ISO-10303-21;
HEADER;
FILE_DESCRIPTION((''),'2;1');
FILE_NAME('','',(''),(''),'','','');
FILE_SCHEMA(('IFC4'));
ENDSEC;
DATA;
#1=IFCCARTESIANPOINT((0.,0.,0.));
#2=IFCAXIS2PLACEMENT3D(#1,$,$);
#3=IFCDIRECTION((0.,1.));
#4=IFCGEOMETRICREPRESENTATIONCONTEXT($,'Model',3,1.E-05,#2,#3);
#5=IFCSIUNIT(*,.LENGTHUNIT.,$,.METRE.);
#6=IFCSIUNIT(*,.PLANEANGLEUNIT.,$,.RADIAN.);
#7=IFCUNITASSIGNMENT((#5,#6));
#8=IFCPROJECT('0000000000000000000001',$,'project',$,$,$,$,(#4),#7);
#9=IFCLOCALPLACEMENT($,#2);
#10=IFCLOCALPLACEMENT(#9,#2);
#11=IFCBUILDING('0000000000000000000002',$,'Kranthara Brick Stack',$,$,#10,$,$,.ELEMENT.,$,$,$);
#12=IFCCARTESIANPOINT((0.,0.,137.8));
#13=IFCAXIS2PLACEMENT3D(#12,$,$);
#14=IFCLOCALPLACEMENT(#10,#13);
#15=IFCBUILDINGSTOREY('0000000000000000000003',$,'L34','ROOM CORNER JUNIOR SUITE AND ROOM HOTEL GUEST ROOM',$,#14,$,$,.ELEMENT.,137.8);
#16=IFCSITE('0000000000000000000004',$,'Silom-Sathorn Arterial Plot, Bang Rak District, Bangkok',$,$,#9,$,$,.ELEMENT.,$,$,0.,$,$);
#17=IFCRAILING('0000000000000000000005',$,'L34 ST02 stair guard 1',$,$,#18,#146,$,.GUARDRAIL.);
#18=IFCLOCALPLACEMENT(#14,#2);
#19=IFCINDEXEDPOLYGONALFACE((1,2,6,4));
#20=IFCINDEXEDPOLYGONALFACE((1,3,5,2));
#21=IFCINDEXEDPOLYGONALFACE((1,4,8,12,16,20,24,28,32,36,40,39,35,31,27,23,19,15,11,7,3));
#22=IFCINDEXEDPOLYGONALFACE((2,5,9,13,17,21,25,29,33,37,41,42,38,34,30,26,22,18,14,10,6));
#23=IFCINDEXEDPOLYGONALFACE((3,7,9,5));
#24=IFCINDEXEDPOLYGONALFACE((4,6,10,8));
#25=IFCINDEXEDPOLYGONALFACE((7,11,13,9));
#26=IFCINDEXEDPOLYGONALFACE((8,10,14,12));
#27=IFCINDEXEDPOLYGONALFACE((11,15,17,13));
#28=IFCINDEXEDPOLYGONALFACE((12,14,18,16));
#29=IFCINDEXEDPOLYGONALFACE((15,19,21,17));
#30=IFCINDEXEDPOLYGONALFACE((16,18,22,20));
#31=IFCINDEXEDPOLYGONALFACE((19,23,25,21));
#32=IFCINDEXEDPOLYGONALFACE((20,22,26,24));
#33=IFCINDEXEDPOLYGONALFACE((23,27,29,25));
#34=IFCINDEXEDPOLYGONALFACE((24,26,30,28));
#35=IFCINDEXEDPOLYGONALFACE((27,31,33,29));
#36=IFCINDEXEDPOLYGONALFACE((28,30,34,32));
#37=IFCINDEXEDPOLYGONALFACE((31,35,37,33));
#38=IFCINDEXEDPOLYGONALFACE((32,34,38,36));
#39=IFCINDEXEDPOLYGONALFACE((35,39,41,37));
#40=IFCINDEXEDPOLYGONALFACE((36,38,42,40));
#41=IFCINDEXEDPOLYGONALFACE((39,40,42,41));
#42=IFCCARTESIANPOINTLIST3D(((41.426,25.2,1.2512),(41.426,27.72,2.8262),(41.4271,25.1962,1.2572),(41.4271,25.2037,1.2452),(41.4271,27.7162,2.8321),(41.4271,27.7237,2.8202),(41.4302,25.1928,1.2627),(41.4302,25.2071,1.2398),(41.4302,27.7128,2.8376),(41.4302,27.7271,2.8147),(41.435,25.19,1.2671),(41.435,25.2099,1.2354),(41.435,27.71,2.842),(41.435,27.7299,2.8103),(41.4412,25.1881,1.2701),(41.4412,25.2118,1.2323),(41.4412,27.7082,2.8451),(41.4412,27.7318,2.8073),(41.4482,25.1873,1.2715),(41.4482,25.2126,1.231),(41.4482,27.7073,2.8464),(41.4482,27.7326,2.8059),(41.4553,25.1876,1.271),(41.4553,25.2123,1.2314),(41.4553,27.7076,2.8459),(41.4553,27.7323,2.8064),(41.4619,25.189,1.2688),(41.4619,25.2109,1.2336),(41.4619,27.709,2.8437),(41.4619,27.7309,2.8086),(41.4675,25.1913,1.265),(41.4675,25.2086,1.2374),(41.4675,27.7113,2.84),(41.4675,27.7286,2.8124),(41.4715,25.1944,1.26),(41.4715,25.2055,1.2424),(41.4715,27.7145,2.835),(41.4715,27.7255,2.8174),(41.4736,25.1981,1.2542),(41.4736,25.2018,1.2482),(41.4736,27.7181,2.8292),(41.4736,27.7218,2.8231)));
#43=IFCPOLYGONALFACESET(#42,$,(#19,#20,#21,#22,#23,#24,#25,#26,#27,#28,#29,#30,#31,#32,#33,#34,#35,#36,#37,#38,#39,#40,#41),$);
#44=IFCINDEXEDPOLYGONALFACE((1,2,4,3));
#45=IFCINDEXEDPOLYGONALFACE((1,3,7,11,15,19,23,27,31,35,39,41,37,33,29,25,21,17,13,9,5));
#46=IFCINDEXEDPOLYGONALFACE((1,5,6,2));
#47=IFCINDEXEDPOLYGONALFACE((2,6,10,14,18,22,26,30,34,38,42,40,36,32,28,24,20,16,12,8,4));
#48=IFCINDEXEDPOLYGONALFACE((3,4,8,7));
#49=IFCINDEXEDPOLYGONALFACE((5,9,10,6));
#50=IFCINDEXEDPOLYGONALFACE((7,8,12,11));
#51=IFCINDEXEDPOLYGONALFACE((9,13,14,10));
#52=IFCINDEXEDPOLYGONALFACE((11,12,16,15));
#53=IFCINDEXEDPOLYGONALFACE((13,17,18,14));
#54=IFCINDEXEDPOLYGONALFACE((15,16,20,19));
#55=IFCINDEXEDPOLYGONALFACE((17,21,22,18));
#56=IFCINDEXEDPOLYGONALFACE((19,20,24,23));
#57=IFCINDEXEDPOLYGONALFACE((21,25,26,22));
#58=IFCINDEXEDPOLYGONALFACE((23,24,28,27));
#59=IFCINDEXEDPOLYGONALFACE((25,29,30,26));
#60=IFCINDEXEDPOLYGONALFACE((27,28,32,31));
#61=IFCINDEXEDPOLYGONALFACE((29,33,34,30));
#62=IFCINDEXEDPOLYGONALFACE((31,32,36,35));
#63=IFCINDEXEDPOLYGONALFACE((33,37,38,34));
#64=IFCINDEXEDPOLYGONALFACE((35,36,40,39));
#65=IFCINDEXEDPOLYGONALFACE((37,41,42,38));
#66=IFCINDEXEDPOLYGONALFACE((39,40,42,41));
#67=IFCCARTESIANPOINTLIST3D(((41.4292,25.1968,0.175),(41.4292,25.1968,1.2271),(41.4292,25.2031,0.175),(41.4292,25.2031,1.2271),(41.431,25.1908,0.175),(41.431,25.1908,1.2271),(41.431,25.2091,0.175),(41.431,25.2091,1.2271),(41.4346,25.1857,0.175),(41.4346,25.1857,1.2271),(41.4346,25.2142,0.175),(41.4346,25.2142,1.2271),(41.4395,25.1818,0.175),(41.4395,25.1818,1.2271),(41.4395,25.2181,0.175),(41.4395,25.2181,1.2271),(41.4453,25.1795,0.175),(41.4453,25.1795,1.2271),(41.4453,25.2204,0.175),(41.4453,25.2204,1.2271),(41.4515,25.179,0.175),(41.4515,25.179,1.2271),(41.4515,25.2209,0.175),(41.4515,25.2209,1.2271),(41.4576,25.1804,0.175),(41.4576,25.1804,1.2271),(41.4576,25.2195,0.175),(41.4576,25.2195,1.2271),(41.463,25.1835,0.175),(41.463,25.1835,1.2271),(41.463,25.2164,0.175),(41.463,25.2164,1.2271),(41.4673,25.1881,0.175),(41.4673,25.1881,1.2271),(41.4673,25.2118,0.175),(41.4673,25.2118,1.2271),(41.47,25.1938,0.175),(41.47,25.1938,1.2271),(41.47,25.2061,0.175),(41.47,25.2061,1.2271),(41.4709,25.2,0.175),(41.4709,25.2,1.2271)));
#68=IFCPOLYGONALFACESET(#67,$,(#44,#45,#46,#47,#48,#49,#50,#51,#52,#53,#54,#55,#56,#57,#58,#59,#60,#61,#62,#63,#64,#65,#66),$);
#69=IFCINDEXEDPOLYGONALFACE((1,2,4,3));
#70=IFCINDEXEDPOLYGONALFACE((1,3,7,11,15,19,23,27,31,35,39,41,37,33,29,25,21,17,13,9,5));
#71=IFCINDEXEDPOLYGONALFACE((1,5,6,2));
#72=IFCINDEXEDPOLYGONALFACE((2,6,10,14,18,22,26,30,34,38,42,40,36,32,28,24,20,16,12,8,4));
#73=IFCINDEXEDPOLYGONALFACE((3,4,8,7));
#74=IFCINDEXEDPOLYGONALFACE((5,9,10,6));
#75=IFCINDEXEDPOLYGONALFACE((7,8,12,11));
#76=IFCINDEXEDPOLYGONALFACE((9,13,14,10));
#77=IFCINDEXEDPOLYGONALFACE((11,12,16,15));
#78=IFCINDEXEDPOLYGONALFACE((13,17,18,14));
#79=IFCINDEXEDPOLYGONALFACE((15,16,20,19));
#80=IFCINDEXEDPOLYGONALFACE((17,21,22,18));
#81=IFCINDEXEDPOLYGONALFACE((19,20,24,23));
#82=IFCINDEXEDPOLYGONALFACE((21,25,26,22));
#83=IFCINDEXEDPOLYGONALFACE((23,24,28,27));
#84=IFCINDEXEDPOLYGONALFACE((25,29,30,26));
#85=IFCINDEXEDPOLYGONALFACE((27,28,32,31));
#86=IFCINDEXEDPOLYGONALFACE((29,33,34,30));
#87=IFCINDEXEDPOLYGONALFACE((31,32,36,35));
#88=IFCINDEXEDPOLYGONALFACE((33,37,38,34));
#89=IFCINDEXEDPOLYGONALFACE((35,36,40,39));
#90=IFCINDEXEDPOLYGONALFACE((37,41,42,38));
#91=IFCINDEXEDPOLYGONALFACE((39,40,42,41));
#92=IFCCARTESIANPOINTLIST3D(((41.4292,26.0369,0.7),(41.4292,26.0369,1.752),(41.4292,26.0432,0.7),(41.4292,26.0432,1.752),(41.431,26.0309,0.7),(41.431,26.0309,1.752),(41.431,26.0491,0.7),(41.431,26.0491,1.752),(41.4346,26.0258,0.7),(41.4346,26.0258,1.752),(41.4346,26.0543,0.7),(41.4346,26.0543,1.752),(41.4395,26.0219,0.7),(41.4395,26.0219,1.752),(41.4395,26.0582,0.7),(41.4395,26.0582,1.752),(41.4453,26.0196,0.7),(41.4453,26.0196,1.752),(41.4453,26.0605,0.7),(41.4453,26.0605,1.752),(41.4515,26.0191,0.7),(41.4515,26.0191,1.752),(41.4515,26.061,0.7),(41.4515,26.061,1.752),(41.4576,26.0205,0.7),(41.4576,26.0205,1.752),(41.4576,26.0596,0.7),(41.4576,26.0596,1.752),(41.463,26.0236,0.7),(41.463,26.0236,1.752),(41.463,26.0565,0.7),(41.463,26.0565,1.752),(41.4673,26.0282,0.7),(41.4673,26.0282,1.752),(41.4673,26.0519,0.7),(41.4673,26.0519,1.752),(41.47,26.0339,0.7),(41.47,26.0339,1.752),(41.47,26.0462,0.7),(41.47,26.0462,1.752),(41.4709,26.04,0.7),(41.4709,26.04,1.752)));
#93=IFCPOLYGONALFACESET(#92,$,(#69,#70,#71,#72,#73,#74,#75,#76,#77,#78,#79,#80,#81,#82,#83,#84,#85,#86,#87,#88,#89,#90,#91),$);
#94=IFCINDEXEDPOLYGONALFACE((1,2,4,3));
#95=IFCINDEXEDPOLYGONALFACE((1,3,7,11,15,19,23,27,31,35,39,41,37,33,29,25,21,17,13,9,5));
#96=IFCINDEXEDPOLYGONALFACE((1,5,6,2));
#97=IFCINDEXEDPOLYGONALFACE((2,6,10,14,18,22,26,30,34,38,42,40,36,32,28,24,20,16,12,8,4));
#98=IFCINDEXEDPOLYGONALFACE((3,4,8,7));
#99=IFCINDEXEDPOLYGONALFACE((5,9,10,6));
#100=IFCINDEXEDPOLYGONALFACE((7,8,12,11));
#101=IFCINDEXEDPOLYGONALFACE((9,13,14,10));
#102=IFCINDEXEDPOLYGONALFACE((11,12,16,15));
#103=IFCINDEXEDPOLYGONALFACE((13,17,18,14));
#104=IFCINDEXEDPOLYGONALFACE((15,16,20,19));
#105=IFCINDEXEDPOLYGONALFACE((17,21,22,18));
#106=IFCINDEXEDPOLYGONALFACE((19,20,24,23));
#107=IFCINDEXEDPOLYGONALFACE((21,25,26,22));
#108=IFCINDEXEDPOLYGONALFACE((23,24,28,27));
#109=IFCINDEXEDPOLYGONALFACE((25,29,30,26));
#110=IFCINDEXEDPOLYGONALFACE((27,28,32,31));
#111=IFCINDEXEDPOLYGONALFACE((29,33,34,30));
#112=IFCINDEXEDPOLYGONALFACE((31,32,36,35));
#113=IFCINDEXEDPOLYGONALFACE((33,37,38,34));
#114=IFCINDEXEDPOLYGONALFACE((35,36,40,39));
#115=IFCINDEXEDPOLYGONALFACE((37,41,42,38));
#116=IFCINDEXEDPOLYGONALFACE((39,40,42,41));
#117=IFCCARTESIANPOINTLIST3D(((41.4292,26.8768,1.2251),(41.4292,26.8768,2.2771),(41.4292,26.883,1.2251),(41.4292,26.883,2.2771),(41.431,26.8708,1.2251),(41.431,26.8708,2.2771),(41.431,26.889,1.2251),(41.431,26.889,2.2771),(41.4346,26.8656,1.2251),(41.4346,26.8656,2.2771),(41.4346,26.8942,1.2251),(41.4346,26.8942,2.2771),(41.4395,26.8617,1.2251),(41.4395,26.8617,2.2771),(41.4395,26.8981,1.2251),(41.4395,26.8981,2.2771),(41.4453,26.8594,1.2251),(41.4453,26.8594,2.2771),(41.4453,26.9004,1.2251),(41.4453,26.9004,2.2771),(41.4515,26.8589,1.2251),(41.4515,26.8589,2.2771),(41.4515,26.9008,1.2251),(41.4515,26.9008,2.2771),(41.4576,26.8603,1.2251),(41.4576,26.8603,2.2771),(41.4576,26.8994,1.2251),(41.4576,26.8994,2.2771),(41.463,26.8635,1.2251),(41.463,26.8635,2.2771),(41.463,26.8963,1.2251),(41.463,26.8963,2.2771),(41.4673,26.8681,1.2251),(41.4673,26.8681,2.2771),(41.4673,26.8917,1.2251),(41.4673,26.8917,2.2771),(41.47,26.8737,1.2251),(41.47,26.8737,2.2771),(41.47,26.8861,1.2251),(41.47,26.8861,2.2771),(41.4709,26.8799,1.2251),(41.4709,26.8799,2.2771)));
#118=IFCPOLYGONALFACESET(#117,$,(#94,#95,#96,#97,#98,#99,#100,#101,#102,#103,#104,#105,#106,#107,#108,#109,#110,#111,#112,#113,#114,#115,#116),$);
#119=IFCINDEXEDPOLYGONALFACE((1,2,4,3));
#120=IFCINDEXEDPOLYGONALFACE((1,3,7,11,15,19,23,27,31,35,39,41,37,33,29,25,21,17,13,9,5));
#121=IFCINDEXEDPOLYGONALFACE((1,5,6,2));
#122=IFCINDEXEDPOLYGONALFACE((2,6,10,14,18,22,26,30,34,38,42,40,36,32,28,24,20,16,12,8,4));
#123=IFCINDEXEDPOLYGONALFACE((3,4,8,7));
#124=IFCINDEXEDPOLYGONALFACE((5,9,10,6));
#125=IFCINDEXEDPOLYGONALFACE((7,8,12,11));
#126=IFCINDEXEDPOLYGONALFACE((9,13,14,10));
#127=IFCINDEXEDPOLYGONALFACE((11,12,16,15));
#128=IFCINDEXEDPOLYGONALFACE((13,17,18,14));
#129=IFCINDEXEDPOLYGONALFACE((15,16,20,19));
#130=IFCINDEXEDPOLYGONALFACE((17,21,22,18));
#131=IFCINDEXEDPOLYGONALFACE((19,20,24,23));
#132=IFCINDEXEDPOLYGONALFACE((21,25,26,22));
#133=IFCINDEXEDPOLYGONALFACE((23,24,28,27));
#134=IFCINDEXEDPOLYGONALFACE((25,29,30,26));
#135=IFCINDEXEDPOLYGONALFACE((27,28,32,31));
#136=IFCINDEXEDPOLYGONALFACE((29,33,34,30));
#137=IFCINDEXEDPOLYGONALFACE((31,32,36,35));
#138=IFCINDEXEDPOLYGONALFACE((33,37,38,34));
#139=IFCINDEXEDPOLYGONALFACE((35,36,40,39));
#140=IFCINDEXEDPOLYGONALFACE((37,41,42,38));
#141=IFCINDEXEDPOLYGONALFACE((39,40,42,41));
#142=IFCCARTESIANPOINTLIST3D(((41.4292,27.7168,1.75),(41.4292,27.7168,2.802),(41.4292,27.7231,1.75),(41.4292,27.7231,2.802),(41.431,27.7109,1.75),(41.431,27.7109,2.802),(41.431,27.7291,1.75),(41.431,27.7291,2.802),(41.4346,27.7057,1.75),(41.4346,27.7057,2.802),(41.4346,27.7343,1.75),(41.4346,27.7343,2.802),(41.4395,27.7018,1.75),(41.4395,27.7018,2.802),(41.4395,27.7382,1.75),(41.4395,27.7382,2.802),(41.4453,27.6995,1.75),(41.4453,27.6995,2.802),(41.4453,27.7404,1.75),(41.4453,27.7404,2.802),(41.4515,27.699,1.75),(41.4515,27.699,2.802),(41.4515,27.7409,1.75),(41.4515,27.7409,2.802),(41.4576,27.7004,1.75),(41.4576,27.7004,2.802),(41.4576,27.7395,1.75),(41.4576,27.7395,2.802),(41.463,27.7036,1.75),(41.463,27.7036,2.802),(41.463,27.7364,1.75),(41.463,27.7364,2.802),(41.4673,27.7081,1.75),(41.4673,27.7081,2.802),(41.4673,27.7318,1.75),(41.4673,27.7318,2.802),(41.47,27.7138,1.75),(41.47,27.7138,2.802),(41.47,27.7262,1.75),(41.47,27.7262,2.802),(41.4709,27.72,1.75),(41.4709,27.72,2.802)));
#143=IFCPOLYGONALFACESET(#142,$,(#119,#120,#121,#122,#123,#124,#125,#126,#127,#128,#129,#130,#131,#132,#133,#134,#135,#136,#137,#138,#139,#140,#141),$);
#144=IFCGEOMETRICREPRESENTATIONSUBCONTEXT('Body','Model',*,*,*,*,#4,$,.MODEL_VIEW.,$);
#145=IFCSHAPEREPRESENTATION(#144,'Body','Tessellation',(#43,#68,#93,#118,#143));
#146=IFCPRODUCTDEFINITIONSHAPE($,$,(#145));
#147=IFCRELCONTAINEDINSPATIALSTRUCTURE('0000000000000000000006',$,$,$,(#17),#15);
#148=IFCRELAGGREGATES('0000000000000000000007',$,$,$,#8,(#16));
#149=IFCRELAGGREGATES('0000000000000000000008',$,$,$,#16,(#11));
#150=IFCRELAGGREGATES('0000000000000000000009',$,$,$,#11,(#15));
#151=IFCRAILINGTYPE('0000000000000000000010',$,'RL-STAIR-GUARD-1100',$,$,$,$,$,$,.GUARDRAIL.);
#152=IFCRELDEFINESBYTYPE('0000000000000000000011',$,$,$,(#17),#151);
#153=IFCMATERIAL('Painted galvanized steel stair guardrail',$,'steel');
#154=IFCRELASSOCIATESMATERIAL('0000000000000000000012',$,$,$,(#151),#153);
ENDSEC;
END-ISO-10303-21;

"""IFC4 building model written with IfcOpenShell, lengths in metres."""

from ifc_helpers import new_model, si_unit, direction, frame, origin, origin_2d, place, context, subcontext, project, spatial, circle, extrude, material, type_object, element, save


model = new_model("IFC4")

# Units and contexts
model_context = context("Model", 3, precision=1e-05, world=origin(), true_north=direction((0.0, 1.0)))
body_context = subcontext(model_context, "Body", "Model", "MODEL_VIEW")
ifc_project = project(units=[si_unit("LENGTHUNIT", "METRE"), si_unit("PLANEANGLEUNIT", "RADIAN")], contexts=[model_context])

# Site, building, storey
site_placement = place(None, origin())
site = spatial("IfcSite", under=ifc_project, at=site_placement, Name="Silom-Sathorn Arterial Plot, Bang Rak District, Bangkok", CompositionType="ELEMENT", RefElevation=0.0)
building_placement = place(site_placement, origin())
building = spatial("IfcBuilding", under=site, at=building_placement, Name="Kranthara Brick Stack", CompositionType="ELEMENT")
storey_placement = place(building_placement, frame((0.0, 0.0, 137.8)))
storey = spatial("IfcBuildingStorey", under=building, at=storey_placement, Name="L34", Description="ROOM CORNER JUNIOR SUITE AND ROOM HOTEL GUEST ROOM", CompositionType="ELEMENT", Elevation=137.8)

# Railing
ifc_material_1 = material(Name="Painted galvanized steel stair guardrail", Category="steel")
railing_type = type_object("IfcRailingType", Name="RL-STAIR-GUARD-1100", PredefinedType="GUARDRAIL", material=ifc_material_1)
railing_1_placement = place(storey_placement, frame((41.45, 25.2, 0.175)))
element("IfcRailing", 1, at=railing_1_placement, inside=storey, type_object=railing_type, Name="L34 ST02 stair guard 1", PredefinedType="GUARDRAIL", context=body_context, shape_type="SweptSolid", body=[
    extrude(circle(Radius=0.0239, at=origin_2d()), frame((0.0, 0.0, 1.0762), z_axis=(0.0, 0.848008, 0.529984), x_axis=(-1.0, 0.0, 0.0)), (0.0, 0.0, 1.0), 2.9717),
    extrude(circle(Radius=0.021, at=origin_2d()), origin(), (0.0, 0.0, 1.0), 1.052),
    extrude(circle(Radius=0.021, at=origin_2d()), frame((0.0, 0.8401, 0.5249)), (0.0, 0.0, 1.0), 1.052),
    extrude(circle(Radius=0.021, at=origin_2d()), frame((0.0, 1.6799, 1.05)), (0.0, 0.0, 1.0), 1.052),
    extrude(circle(Radius=0.021, at=origin_2d()), frame((0.0, 2.52, 1.575)), (0.0, 0.0, 1.0), 1.052),
])

save(model, "model.ifc")
